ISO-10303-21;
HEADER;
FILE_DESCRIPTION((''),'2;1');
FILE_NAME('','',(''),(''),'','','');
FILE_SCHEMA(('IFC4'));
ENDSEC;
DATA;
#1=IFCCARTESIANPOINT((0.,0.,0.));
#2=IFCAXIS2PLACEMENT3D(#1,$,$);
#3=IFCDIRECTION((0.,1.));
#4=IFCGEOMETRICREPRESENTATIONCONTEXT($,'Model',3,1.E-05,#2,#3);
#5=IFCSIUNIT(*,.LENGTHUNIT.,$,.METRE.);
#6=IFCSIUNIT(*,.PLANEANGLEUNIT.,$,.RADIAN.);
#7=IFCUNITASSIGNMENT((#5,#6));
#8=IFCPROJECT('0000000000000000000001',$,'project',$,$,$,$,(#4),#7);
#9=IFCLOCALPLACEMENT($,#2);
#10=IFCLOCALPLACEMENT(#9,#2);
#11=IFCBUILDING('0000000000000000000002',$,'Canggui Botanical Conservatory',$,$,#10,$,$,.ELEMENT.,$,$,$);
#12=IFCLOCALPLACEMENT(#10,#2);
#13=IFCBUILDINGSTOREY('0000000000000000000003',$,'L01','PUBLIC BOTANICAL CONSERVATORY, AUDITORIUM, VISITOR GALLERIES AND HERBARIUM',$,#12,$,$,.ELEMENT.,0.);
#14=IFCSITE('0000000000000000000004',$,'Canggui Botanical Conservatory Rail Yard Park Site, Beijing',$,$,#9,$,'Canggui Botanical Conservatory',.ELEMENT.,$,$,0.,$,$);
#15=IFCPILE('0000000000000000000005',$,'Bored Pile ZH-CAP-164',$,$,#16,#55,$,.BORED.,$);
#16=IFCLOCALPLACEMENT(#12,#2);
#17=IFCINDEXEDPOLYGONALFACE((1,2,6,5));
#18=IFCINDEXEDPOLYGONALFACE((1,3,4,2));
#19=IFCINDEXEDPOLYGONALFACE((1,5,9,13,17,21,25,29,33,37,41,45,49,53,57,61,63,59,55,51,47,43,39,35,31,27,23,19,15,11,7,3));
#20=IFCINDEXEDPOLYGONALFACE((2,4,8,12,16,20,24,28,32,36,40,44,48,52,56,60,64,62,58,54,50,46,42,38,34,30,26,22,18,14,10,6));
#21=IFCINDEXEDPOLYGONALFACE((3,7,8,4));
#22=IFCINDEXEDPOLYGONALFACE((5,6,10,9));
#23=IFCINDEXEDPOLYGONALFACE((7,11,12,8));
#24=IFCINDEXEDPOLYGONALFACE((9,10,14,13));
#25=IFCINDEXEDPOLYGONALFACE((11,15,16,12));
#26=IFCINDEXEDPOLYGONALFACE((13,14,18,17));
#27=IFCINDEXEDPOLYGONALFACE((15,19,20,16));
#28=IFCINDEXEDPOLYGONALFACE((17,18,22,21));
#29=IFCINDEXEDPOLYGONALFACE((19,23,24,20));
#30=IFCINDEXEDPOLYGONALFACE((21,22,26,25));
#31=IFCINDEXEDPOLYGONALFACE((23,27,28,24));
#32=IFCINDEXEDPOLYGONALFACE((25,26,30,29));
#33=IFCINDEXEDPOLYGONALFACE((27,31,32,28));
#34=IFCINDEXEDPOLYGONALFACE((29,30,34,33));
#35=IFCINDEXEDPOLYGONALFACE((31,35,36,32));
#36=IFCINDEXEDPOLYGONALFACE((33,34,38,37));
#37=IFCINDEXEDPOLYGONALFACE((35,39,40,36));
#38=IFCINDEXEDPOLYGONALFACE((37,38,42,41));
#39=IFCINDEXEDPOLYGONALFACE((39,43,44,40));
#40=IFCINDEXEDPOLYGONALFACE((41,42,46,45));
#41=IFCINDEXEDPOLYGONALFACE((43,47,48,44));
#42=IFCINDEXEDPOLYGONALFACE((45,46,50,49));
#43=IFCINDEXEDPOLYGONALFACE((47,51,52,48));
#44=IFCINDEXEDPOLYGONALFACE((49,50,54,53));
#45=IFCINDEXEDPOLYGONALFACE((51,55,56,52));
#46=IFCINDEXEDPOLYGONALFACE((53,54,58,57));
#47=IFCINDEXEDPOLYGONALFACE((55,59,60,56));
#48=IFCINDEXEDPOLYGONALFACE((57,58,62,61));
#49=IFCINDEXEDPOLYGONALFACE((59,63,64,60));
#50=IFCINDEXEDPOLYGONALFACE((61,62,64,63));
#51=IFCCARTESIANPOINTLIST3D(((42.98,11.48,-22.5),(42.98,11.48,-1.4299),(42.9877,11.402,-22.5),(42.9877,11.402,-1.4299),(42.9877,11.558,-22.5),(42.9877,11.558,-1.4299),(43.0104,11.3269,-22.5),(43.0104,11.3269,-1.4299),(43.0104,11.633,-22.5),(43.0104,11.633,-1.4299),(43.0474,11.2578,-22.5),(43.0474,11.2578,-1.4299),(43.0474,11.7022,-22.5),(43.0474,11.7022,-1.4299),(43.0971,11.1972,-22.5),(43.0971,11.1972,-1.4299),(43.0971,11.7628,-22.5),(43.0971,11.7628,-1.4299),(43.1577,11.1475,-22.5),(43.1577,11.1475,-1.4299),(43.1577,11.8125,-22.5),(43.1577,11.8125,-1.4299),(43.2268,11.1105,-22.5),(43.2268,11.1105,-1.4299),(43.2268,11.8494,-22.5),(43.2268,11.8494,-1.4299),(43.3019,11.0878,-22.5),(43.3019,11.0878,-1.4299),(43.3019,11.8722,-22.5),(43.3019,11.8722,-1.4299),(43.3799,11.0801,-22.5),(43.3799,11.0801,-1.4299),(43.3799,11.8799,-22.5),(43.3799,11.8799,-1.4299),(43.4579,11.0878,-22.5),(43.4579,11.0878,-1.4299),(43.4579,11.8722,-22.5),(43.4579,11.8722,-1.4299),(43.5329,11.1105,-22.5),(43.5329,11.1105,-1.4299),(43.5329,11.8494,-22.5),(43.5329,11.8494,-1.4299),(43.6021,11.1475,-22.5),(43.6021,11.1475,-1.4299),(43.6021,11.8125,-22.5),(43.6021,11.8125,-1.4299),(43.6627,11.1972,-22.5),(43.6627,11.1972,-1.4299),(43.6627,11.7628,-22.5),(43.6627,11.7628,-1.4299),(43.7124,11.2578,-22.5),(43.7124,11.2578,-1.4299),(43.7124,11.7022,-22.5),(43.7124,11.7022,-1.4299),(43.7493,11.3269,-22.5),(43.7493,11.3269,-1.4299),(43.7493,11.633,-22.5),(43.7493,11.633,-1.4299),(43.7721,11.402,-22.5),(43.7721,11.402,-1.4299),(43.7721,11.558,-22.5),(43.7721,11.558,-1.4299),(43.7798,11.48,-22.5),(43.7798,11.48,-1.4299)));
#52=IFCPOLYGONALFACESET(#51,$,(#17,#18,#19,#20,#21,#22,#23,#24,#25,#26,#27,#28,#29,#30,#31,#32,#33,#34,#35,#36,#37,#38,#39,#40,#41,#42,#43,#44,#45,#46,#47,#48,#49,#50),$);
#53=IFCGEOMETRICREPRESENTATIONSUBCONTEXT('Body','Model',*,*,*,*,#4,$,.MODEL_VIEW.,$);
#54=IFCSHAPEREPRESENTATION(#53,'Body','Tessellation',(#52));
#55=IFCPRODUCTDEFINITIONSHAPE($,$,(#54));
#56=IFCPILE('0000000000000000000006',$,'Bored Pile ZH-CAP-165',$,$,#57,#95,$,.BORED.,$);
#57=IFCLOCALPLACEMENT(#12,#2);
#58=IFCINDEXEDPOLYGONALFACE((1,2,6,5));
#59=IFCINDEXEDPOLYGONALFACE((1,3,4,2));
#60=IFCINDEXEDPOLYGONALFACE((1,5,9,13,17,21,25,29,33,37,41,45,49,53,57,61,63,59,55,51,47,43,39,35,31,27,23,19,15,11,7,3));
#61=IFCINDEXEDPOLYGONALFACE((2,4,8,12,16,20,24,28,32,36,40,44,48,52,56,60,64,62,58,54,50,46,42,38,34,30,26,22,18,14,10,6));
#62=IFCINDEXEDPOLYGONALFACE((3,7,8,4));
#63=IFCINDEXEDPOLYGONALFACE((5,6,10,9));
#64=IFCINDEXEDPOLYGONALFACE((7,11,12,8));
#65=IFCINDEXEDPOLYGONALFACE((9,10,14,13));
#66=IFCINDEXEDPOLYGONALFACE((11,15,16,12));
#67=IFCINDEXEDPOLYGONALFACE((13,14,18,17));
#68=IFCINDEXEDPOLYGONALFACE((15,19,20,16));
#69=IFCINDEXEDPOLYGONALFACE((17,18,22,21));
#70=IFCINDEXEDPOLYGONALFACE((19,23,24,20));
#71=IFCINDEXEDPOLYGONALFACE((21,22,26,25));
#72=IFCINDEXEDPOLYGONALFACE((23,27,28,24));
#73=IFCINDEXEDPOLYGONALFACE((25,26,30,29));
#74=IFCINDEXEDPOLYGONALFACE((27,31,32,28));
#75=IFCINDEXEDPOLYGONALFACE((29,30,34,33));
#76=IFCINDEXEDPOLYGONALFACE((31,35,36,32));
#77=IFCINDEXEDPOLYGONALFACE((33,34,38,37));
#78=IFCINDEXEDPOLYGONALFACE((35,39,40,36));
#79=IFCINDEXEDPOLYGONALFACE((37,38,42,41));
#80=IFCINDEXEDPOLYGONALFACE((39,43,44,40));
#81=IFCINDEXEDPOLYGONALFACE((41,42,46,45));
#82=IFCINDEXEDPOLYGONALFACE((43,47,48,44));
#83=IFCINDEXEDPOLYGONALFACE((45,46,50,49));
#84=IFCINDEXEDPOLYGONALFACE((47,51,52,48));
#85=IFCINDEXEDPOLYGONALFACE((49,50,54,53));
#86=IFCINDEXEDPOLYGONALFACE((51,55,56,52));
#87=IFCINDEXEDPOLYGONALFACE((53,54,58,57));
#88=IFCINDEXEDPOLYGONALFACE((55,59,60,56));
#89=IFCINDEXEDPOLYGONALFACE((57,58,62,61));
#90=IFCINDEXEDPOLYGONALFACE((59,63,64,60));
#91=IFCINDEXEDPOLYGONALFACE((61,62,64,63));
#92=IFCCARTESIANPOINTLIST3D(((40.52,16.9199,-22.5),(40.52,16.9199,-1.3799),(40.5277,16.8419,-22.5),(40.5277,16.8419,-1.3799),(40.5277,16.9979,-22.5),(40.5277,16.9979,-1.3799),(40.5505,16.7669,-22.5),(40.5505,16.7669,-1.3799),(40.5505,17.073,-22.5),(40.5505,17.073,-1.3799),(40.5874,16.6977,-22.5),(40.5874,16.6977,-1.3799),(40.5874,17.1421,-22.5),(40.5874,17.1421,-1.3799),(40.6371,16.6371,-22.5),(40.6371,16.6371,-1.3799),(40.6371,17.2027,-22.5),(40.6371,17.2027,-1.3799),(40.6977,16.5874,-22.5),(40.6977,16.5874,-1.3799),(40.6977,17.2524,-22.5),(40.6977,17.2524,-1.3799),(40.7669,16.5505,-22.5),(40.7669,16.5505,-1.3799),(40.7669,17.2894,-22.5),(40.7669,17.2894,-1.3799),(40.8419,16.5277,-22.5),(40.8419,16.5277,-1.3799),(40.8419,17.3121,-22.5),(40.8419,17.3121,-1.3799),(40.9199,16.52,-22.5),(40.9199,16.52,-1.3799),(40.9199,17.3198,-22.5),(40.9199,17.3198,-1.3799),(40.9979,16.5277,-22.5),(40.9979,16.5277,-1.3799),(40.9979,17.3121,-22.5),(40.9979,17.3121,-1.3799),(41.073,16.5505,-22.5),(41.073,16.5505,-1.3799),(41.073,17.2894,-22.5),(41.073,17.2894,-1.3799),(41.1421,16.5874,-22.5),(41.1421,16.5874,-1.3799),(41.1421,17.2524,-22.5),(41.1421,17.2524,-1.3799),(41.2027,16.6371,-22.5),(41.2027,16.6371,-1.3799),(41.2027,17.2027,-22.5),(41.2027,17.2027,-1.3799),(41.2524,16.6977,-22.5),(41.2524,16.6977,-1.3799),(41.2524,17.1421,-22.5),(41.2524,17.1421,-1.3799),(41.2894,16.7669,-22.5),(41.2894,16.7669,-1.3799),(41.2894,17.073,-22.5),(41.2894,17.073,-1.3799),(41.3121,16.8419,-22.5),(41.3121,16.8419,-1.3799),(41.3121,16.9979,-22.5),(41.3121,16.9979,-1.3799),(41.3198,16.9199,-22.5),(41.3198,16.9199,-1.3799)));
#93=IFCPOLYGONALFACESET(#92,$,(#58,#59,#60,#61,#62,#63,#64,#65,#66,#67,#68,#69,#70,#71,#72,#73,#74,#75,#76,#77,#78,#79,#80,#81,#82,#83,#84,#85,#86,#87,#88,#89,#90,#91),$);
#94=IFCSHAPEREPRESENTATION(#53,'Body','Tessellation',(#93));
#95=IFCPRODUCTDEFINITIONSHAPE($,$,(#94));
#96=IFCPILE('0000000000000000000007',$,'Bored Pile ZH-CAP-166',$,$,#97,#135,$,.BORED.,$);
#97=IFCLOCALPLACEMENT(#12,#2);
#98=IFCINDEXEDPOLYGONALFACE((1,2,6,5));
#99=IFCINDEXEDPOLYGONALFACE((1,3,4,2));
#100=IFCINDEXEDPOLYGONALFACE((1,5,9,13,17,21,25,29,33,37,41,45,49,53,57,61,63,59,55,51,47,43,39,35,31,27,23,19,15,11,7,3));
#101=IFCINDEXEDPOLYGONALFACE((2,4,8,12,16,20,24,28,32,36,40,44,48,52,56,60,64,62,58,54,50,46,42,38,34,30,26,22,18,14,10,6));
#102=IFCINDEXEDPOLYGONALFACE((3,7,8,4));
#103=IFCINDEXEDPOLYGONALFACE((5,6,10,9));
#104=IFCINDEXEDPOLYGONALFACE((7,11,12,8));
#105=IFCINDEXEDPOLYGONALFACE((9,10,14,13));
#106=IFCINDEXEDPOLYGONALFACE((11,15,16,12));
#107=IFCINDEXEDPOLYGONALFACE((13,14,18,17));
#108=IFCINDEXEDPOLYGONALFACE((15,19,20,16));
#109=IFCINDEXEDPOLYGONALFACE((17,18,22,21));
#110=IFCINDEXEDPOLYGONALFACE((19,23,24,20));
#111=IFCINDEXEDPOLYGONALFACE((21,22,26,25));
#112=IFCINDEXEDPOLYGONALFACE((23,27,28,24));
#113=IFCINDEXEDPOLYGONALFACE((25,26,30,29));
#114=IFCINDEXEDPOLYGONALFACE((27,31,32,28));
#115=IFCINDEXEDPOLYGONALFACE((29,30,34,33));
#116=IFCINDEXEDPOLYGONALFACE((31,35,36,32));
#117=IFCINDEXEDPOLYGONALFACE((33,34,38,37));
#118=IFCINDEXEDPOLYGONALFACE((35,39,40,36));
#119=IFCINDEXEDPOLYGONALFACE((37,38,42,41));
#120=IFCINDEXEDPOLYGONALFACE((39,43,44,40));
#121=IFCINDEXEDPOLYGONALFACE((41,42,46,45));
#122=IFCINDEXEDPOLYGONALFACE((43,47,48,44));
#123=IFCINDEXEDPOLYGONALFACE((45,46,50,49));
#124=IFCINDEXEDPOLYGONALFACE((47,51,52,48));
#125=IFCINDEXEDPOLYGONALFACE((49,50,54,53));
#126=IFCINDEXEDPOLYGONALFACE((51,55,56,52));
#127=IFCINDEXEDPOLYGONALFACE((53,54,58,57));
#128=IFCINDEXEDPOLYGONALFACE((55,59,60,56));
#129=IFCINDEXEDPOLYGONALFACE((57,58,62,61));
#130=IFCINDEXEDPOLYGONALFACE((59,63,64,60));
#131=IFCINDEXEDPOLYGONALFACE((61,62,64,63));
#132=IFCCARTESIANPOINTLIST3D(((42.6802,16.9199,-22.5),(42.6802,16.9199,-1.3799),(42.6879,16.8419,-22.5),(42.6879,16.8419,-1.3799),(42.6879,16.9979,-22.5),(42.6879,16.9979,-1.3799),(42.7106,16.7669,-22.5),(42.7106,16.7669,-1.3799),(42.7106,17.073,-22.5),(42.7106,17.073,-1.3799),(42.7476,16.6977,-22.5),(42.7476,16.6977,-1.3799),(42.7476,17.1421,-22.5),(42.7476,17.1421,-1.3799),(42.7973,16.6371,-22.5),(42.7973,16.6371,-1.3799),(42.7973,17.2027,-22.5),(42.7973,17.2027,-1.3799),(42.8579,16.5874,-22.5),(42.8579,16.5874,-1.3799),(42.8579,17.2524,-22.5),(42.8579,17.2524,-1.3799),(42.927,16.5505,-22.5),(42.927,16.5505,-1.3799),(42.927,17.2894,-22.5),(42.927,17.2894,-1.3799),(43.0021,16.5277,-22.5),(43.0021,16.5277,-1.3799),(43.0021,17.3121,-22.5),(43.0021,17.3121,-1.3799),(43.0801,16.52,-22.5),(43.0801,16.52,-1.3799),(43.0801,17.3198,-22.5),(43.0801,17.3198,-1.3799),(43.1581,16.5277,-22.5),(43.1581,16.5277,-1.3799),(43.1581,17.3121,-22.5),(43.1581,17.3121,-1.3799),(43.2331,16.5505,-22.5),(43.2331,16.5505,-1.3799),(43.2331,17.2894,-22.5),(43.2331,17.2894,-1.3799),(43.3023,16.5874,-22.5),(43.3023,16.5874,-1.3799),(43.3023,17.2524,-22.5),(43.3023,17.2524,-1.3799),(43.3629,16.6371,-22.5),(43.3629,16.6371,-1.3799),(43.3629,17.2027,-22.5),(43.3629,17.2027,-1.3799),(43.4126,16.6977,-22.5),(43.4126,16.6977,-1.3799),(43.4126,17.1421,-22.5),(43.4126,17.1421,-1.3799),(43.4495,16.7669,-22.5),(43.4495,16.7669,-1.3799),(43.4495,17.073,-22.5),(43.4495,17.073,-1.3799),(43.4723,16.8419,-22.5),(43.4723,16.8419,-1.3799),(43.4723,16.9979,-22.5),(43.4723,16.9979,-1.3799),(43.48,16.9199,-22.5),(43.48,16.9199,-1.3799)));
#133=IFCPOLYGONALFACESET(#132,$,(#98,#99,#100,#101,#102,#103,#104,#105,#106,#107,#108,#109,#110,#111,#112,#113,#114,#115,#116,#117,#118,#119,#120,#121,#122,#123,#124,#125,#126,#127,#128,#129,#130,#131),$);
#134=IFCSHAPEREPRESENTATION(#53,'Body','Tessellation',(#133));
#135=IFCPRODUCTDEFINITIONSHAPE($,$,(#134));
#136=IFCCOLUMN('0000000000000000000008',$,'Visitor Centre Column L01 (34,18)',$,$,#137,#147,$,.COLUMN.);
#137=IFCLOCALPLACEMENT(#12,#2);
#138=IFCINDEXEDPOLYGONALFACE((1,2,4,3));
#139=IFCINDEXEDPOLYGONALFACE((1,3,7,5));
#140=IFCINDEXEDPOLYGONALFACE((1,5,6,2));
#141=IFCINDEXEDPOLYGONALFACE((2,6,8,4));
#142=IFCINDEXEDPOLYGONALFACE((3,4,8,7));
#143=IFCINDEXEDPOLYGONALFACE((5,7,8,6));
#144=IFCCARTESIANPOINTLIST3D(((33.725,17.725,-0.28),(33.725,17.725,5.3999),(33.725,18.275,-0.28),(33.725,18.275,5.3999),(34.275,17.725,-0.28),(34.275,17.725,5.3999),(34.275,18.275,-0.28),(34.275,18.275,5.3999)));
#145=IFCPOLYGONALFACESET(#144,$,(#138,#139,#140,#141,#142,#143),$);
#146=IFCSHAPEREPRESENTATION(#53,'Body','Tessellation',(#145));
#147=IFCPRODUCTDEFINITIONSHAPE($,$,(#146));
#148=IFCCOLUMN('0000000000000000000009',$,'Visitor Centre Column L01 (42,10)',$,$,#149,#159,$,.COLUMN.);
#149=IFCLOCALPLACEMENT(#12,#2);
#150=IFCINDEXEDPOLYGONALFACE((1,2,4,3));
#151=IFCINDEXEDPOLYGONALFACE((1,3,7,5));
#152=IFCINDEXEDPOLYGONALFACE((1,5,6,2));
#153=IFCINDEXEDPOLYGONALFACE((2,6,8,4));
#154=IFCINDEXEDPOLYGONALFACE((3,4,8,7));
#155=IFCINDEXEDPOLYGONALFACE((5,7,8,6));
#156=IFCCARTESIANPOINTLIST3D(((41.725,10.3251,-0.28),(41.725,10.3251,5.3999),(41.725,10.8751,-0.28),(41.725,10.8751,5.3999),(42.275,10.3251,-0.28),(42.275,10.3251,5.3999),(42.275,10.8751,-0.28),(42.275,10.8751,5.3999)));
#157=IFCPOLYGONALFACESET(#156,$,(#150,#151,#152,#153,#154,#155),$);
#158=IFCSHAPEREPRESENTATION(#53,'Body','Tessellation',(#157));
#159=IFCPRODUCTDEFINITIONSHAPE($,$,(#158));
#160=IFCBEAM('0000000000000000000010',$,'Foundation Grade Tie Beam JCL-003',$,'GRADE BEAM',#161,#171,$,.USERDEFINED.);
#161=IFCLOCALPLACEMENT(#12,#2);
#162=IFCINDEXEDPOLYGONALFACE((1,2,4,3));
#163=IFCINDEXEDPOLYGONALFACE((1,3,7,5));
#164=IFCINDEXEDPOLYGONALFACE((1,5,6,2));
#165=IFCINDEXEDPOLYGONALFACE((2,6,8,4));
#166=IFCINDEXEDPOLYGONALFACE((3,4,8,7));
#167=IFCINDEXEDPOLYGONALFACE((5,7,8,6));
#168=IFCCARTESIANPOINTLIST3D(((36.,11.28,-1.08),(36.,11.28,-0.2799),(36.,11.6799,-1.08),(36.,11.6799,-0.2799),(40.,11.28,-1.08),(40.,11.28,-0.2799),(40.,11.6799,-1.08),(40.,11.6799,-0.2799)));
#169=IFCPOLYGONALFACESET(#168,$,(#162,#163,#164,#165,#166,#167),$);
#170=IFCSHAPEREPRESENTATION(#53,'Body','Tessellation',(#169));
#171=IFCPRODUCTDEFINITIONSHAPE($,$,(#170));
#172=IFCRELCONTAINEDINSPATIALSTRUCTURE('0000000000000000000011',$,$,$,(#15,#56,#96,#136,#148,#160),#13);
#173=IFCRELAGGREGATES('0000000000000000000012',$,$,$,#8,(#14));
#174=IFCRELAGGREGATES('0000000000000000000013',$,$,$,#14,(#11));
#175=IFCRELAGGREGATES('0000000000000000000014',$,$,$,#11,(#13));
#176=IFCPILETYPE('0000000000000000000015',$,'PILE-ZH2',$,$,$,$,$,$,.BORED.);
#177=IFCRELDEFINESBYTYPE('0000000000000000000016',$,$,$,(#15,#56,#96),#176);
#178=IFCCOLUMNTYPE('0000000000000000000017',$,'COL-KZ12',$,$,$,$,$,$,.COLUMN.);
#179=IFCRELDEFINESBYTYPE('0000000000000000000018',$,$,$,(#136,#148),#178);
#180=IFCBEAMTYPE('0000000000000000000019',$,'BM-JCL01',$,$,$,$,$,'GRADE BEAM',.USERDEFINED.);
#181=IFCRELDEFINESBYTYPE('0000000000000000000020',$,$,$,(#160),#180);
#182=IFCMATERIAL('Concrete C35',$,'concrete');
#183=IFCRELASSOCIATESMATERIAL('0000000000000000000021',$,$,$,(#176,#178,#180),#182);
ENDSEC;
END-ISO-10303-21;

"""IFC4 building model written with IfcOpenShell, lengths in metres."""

from ifc_helpers import new_model, si_unit, direction, frame, origin, origin_2d, place, context, subcontext, project, spatial, rectangle, circle, extrude, material, material_profile, profile_set, type_object, element, save


model = new_model("IFC4")

# Units and contexts
model_context = context("Model", 3, precision=1e-05, world=origin(), true_north=direction((0.0, 1.0)))
body_context = subcontext(model_context, "Body", "Model", "MODEL_VIEW")
ifc_project = project(units=[si_unit("LENGTHUNIT", "METRE"), si_unit("PLANEANGLEUNIT", "RADIAN")], contexts=[model_context])

# Site, building, storey
site_placement = place(None, origin())
site = spatial("IfcSite", under=ifc_project, at=site_placement, Name="Canggui Botanical Conservatory Rail Yard Park Site, Beijing", LongName="Canggui Botanical Conservatory", CompositionType="ELEMENT", RefElevation=0.0)
building_placement = place(site_placement, origin())
building = spatial("IfcBuilding", under=site, at=building_placement, Name="Canggui Botanical Conservatory", CompositionType="ELEMENT")
storey_placement = place(building_placement, origin())
storey = spatial("IfcBuildingStorey", under=building, at=storey_placement, Name="L01", Description="PUBLIC BOTANICAL CONSERVATORY, AUDITORIUM, VISITOR GALLERIES AND HERBARIUM", CompositionType="ELEMENT", Elevation=0.0)

# Shared definitions
ifc_material_1 = material(Name="Concrete C35", Category="concrete")

# Piles
ifc_material_profile_1 = material_profile(ifc_material_1, circle(Radius=0.3999, at=origin_2d()), Name="PILE D800")
ifc_profile_set_1 = profile_set([ifc_material_profile_1], Name="Concrete C35")
pile_type = type_object("IfcPileType", Name="PILE-ZH2", PredefinedType="BORED", material=ifc_profile_set_1)
for number, where, z_axis, x_axis, name in (
    (1, (43.3799, 11.48, -1.4299), (0.0, 0.0, -1.0), (1.0, 0.0, 0.0), "Bored Pile ZH-CAP-164"),
):
    element("IfcPile", number, at=place(storey_placement, frame(where, z_axis=z_axis, x_axis=x_axis)), inside=storey, type_object=pile_type, Name=name, PredefinedType="BORED", context=body_context, shape_type="SweptSolid", body=[
        extrude(circle(Radius=0.3999, at=origin_2d()), origin(), (0.0, 0.0, 1.0), 21.0701),
    ])
for number, where, z_axis, x_axis, name in (
    (2, (40.9199, 16.9199, -1.3799), (0.0, 0.0, -1.0), (1.0, 0.0, 0.0), "Bored Pile ZH-CAP-165"),
    (3, (43.0801, 16.9199, -1.3799), (0.0, 0.0, -1.0), (1.0, 0.0, 0.0), "Bored Pile ZH-CAP-166"),
):
    element("IfcPile", number, at=place(storey_placement, frame(where, z_axis=z_axis, x_axis=x_axis)), inside=storey, type_object=pile_type, Name=name, PredefinedType="BORED", context=body_context, shape_type="SweptSolid", body=[
        extrude(circle(Radius=0.3999, at=origin_2d()), origin(), (0.0, 0.0, 1.0), 21.1201),
    ])

# Columns
ifc_material_profile_2 = material_profile(ifc_material_1, rectangle(XDim=0.55, YDim=0.55, at=origin_2d()), Name="RC 550x550")
ifc_profile_set_2 = profile_set([ifc_material_profile_2], Name="Concrete C35")
column_type = type_object("IfcColumnType", Name="COL-KZ12", PredefinedType="COLUMN", material=ifc_profile_set_2)
for number, where, z_axis, x_axis, name in (
    (4, (34.0, 18.0, -0.28), (0.0, 0.0, 1.0), (1.0, 0.0, 0.0), "Visitor Centre Column L01 (34,18)"),
    (5, (42.0, 10.6001, -0.28), (0.0, 0.0, 1.0), (1.0, 0.0, 0.0), "Visitor Centre Column L01 (42,10)"),
):
    element("IfcColumn", number, at=place(storey_placement, frame(where, z_axis=z_axis, x_axis=x_axis)), inside=storey, type_object=column_type, Name=name, PredefinedType="COLUMN", context=body_context, shape_type="SweptSolid", body=[
        extrude(rectangle(XDim=0.55, YDim=0.55, at=origin_2d()), origin(), (0.0, 0.0, 1.0), 5.6799),
    ])

# Beam
ifc_material_profile_3 = material_profile(ifc_material_1, rectangle(XDim=0.3999, YDim=0.8, at=origin_2d()), Name="RB 400x800")
ifc_profile_set_3 = profile_set([ifc_material_profile_3], Name="Concrete C35")
beam_type_1 = type_object("IfcBeamType", Name="BM-JCL01", ElementType="GRADE BEAM", PredefinedType="USERDEFINED", material=ifc_profile_set_3)
beam_1_placement = place(storey_placement, frame((36.0, 11.48, -0.6799), z_axis=(1.0, 0.0, 0.0), x_axis=(0.0, 1.0, 0.0)))
element("IfcBeam", 6, at=beam_1_placement, inside=storey, type_object=beam_type_1, Name="Foundation Grade Tie Beam JCL-003", ObjectType="GRADE BEAM", PredefinedType="USERDEFINED", context=body_context, shape_type="SweptSolid", body=[
    extrude(rectangle(XDim=0.3999, YDim=0.8, at=origin_2d()), origin(), (0.0, 0.0, 1.0), 4.0),
])

save(model, "model.ifc")
